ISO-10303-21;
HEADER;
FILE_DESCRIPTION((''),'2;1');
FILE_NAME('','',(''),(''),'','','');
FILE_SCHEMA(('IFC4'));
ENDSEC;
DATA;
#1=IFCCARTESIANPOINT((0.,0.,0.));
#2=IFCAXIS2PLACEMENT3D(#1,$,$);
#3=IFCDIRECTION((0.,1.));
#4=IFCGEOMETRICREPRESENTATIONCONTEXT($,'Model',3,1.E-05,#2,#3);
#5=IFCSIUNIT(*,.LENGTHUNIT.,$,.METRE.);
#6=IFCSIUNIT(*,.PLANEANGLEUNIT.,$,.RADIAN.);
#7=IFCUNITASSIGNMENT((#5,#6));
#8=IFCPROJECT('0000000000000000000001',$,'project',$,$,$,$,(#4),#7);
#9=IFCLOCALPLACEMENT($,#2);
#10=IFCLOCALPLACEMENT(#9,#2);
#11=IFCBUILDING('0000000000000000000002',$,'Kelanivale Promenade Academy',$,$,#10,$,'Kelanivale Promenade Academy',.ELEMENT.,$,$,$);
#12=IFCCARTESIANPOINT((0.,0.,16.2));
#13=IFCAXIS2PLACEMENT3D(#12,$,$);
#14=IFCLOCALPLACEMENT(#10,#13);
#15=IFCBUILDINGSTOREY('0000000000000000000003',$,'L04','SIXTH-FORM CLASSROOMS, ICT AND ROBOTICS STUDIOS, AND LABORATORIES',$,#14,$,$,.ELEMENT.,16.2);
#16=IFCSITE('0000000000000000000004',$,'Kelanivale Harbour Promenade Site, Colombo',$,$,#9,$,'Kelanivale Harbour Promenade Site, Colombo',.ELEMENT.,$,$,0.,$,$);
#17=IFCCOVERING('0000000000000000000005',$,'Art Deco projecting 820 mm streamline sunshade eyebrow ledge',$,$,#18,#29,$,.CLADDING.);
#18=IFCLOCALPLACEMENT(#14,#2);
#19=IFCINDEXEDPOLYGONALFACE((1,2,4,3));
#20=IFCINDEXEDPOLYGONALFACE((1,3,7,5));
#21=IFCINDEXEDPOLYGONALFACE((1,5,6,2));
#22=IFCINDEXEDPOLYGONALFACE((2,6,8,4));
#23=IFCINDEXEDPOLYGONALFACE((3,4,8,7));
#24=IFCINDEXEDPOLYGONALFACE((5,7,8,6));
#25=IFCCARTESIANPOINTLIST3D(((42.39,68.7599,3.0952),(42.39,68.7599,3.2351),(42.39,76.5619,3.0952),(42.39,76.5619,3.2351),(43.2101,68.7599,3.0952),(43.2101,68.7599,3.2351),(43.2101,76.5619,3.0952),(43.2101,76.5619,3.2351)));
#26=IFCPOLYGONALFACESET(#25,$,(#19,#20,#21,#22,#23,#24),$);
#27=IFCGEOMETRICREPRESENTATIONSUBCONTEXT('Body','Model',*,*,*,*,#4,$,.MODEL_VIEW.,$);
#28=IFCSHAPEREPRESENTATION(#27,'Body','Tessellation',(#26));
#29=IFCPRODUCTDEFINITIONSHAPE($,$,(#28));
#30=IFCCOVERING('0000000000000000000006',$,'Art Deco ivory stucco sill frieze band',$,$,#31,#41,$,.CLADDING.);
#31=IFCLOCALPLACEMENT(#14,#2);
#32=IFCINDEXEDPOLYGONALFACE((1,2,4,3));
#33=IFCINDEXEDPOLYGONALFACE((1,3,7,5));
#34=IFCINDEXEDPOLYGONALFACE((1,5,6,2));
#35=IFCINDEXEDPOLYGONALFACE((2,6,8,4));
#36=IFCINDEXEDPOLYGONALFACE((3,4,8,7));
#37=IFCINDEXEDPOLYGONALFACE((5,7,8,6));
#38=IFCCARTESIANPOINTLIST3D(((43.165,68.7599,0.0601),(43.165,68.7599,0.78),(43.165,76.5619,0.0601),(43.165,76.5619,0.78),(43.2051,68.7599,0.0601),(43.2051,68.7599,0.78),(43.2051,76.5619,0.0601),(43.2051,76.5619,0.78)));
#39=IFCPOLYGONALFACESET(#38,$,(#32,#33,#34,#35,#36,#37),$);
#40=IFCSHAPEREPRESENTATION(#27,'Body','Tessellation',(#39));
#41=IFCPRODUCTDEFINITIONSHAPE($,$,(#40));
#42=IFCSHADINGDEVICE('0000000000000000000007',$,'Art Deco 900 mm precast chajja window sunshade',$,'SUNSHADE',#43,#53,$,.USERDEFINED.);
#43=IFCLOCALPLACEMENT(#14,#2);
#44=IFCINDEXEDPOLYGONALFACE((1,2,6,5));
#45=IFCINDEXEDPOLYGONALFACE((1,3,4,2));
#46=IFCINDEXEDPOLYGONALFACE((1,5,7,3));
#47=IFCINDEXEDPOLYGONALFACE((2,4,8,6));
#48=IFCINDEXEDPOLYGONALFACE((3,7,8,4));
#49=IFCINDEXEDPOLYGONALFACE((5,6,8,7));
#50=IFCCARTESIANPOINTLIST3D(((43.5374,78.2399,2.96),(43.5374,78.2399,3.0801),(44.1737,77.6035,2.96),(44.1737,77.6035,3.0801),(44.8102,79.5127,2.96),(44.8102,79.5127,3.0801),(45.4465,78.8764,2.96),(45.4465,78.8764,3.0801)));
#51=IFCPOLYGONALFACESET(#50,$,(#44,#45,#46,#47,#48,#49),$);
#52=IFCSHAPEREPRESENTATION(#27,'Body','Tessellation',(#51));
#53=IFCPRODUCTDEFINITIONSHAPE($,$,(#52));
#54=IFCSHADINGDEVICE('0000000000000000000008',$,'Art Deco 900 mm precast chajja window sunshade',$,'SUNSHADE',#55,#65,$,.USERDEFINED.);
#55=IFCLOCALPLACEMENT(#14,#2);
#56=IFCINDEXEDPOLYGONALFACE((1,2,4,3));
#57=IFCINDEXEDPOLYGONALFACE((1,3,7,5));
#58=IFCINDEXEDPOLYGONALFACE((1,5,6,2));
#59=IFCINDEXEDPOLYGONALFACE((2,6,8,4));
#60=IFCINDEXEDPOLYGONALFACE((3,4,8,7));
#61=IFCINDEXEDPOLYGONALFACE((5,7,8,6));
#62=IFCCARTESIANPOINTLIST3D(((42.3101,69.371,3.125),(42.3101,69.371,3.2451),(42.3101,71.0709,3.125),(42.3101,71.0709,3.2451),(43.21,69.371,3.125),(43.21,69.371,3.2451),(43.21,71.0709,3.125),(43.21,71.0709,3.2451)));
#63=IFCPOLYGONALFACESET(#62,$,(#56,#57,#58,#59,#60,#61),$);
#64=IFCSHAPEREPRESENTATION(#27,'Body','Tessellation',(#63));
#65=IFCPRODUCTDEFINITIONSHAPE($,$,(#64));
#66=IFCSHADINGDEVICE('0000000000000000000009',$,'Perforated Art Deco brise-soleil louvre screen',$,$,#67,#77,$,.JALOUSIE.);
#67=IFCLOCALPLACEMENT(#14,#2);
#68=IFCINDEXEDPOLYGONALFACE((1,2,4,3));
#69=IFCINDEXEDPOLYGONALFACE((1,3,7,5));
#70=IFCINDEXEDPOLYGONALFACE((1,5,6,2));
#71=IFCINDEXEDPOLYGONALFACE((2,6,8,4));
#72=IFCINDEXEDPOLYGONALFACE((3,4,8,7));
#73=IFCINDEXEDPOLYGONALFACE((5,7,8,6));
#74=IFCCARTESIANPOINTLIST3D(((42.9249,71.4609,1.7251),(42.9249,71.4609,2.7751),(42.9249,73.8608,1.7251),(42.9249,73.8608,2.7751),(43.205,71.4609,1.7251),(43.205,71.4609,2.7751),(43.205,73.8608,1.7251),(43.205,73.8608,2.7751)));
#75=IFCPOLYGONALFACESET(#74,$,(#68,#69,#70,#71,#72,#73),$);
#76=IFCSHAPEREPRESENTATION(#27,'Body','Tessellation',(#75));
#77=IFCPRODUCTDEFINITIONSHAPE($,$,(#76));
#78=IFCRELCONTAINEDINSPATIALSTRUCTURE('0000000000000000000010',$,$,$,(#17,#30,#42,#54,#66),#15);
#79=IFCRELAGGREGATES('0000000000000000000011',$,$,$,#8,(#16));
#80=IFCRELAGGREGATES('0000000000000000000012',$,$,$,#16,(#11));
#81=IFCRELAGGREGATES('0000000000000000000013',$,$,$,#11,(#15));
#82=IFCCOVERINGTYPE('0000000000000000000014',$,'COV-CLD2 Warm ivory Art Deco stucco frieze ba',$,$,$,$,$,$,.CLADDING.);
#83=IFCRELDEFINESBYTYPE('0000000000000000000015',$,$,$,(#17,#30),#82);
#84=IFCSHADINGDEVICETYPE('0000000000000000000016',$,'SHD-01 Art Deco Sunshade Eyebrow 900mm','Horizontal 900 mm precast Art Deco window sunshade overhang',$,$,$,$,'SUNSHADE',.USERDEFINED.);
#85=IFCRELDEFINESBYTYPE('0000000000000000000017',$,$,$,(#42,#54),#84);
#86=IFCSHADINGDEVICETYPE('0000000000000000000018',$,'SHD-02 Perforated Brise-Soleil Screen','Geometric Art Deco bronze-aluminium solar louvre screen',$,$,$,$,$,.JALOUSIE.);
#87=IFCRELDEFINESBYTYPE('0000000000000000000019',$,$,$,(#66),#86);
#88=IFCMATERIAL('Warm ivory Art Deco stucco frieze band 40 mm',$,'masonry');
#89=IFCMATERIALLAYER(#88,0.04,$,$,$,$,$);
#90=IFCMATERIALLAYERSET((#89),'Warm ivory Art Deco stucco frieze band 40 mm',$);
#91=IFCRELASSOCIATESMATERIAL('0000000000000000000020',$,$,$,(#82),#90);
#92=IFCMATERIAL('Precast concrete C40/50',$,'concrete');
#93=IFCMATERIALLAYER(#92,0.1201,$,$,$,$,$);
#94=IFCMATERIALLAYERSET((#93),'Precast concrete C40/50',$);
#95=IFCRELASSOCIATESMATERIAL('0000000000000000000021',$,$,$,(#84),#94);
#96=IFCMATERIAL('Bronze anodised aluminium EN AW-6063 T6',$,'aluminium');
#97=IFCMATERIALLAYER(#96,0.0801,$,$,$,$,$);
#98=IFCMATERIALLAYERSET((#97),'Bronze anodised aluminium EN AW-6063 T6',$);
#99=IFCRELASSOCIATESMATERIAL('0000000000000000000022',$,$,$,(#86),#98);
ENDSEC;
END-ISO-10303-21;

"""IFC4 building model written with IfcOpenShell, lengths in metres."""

from ifc_helpers import new_model, si_unit, direction, frame, origin, origin_2d, place, context, subcontext, project, spatial, rectangle, extrude, material, layer, layer_set, type_object, element, save


model = new_model("IFC4")

# Units and contexts
model_context = context("Model", 3, precision=1e-05, world=origin(), true_north=direction((0.0, 1.0)))
body_context = subcontext(model_context, "Body", "Model", "MODEL_VIEW")
ifc_project = project(units=[si_unit("LENGTHUNIT", "METRE"), si_unit("PLANEANGLEUNIT", "RADIAN")], contexts=[model_context])

# Site, building, storey
site_placement = place(None, origin())
site = spatial("IfcSite", under=ifc_project, at=site_placement, Name="Kelanivale Harbour Promenade Site, Colombo", LongName="Kelanivale Harbour Promenade Site, Colombo", CompositionType="ELEMENT", RefElevation=0.0)
building_placement = place(site_placement, origin())
building = spatial("IfcBuilding", under=site, at=building_placement, Name="Kelanivale Promenade Academy", LongName="Kelanivale Promenade Academy", CompositionType="ELEMENT")
storey_placement = place(building_placement, frame((0.0, 0.0, 16.2)))
storey = spatial("IfcBuildingStorey", under=building, at=storey_placement, Name="L04", Description="SIXTH-FORM CLASSROOMS, ICT AND ROBOTICS STUDIOS, AND LABORATORIES", CompositionType="ELEMENT", Elevation=16.2)

# Shared definitions
ifc_material_1 = material(Name="Precast concrete C40/50", Category="concrete")

# Coverings
ifc_material_2 = material(Name="Warm ivory Art Deco stucco frieze band 40 mm", Category="masonry")
ifc_layer_1 = layer(ifc_material_2, 0.04)
ifc_layer_set_1 = layer_set([ifc_layer_1], Name="Warm ivory Art Deco stucco frieze band 40 mm")
covering_type = type_object("IfcCoveringType", Name="COV-CLD2 Warm ivory Art Deco stucco frieze ba", PredefinedType="CLADDING", material=ifc_layer_set_1)
covering_1_placement = place(storey_placement, frame((42.8, 72.6609, 3.0952), z_axis=(0.0, 0.0, 1.0), x_axis=(0.0, -1.0, 0.0)))
element("IfcCovering", 1, at=covering_1_placement, inside=storey, type_object=covering_type, Name="Art Deco projecting 820 mm streamline sunshade eyebrow ledge", PredefinedType="CLADDING", context=body_context, shape_type="SweptSolid", body=[
    extrude(rectangle(XDim=7.802, YDim=0.8201, at=origin_2d()), origin(), (0.0, 0.0, 1.0), 0.1399),
])
covering_2_placement = place(storey_placement, frame((43.1851, 72.6609, 0.0601), z_axis=(0.0, 0.0, 1.0), x_axis=(0.0, -1.0, 0.0)))
element("IfcCovering", 2, at=covering_2_placement, inside=storey, type_object=covering_type, Name="Art Deco ivory stucco sill frieze band", PredefinedType="CLADDING", context=body_context, shape_type="SweptSolid", body=[
    extrude(rectangle(XDim=7.802, YDim=0.04, at=origin_2d()), origin(), (0.0, 0.0, 1.0), 0.72),
])

# Shading devices
ifc_layer_2 = layer(ifc_material_1, 0.1201)
ifc_layer_set_2 = layer_set([ifc_layer_2], Name="Precast concrete C40/50")
shading_device_type_1 = type_object("IfcShadingDeviceType", Name="SHD-01 Art Deco Sunshade Eyebrow 900mm", Description="Horizontal 900 mm precast Art Deco window sunshade overhang", ElementType="SUNSHADE", PredefinedType="USERDEFINED", material=ifc_layer_set_2)
shading_device_1_placement = place(storey_placement, frame((44.4919, 78.5581, 2.96), z_axis=(0.0, 0.0, 1.0), x_axis=(-0.707107, -0.707107, 0.0)))
element("IfcShadingDevice", 3, at=shading_device_1_placement, inside=storey, type_object=shading_device_type_1, Name="Art Deco 900 mm precast chajja window sunshade", ObjectType="SUNSHADE", PredefinedType="USERDEFINED", context=body_context, shape_type="SweptSolid", body=[
    extrude(rectangle(XDim=1.8, YDim=0.8999, at=origin_2d()), origin(), (0.0, 0.0, 1.0), 0.1201),
])
shading_device_2_placement = place(storey_placement, frame((42.76, 70.2209, 3.125), z_axis=(0.0, 0.0, 1.0), x_axis=(0.0, -1.0, 0.0)))
element("IfcShadingDevice", 4, at=shading_device_2_placement, inside=storey, type_object=shading_device_type_1, Name="Art Deco 900 mm precast chajja window sunshade", ObjectType="SUNSHADE", PredefinedType="USERDEFINED", context=body_context, shape_type="SweptSolid", body=[
    extrude(rectangle(XDim=1.7, YDim=0.8999, at=origin_2d()), origin(), (0.0, 0.0, 1.0), 0.1201),
])
ifc_material_3 = material(Name="Bronze anodised aluminium EN AW-6063 T6", Category="aluminium")
ifc_layer_3 = layer(ifc_material_3, 0.0801)
ifc_layer_set_3 = layer_set([ifc_layer_3], Name="Bronze anodised aluminium EN AW-6063 T6")
shading_device_type_2 = type_object("IfcShadingDeviceType", Name="SHD-02 Perforated Brise-Soleil Screen", Description="Geometric Art Deco bronze-aluminium solar louvre screen", PredefinedType="JALOUSIE", material=ifc_layer_set_3)
shading_device_3_placement = place(storey_placement, frame((43.0649, 72.6609, 1.7251), z_axis=(0.0, 0.0, 1.0), x_axis=(0.0, -1.0, 0.0)))
element("IfcShadingDevice", 5, at=shading_device_3_placement, inside=storey, type_object=shading_device_type_2, Name="Perforated Art Deco brise-soleil louvre screen", PredefinedType="JALOUSIE", context=body_context, shape_type="SweptSolid", body=[
    extrude(rectangle(XDim=2.3999, YDim=0.28, at=origin_2d()), origin(), (0.0, 0.0, 1.0), 1.05),
])

save(model, "model.ifc")
